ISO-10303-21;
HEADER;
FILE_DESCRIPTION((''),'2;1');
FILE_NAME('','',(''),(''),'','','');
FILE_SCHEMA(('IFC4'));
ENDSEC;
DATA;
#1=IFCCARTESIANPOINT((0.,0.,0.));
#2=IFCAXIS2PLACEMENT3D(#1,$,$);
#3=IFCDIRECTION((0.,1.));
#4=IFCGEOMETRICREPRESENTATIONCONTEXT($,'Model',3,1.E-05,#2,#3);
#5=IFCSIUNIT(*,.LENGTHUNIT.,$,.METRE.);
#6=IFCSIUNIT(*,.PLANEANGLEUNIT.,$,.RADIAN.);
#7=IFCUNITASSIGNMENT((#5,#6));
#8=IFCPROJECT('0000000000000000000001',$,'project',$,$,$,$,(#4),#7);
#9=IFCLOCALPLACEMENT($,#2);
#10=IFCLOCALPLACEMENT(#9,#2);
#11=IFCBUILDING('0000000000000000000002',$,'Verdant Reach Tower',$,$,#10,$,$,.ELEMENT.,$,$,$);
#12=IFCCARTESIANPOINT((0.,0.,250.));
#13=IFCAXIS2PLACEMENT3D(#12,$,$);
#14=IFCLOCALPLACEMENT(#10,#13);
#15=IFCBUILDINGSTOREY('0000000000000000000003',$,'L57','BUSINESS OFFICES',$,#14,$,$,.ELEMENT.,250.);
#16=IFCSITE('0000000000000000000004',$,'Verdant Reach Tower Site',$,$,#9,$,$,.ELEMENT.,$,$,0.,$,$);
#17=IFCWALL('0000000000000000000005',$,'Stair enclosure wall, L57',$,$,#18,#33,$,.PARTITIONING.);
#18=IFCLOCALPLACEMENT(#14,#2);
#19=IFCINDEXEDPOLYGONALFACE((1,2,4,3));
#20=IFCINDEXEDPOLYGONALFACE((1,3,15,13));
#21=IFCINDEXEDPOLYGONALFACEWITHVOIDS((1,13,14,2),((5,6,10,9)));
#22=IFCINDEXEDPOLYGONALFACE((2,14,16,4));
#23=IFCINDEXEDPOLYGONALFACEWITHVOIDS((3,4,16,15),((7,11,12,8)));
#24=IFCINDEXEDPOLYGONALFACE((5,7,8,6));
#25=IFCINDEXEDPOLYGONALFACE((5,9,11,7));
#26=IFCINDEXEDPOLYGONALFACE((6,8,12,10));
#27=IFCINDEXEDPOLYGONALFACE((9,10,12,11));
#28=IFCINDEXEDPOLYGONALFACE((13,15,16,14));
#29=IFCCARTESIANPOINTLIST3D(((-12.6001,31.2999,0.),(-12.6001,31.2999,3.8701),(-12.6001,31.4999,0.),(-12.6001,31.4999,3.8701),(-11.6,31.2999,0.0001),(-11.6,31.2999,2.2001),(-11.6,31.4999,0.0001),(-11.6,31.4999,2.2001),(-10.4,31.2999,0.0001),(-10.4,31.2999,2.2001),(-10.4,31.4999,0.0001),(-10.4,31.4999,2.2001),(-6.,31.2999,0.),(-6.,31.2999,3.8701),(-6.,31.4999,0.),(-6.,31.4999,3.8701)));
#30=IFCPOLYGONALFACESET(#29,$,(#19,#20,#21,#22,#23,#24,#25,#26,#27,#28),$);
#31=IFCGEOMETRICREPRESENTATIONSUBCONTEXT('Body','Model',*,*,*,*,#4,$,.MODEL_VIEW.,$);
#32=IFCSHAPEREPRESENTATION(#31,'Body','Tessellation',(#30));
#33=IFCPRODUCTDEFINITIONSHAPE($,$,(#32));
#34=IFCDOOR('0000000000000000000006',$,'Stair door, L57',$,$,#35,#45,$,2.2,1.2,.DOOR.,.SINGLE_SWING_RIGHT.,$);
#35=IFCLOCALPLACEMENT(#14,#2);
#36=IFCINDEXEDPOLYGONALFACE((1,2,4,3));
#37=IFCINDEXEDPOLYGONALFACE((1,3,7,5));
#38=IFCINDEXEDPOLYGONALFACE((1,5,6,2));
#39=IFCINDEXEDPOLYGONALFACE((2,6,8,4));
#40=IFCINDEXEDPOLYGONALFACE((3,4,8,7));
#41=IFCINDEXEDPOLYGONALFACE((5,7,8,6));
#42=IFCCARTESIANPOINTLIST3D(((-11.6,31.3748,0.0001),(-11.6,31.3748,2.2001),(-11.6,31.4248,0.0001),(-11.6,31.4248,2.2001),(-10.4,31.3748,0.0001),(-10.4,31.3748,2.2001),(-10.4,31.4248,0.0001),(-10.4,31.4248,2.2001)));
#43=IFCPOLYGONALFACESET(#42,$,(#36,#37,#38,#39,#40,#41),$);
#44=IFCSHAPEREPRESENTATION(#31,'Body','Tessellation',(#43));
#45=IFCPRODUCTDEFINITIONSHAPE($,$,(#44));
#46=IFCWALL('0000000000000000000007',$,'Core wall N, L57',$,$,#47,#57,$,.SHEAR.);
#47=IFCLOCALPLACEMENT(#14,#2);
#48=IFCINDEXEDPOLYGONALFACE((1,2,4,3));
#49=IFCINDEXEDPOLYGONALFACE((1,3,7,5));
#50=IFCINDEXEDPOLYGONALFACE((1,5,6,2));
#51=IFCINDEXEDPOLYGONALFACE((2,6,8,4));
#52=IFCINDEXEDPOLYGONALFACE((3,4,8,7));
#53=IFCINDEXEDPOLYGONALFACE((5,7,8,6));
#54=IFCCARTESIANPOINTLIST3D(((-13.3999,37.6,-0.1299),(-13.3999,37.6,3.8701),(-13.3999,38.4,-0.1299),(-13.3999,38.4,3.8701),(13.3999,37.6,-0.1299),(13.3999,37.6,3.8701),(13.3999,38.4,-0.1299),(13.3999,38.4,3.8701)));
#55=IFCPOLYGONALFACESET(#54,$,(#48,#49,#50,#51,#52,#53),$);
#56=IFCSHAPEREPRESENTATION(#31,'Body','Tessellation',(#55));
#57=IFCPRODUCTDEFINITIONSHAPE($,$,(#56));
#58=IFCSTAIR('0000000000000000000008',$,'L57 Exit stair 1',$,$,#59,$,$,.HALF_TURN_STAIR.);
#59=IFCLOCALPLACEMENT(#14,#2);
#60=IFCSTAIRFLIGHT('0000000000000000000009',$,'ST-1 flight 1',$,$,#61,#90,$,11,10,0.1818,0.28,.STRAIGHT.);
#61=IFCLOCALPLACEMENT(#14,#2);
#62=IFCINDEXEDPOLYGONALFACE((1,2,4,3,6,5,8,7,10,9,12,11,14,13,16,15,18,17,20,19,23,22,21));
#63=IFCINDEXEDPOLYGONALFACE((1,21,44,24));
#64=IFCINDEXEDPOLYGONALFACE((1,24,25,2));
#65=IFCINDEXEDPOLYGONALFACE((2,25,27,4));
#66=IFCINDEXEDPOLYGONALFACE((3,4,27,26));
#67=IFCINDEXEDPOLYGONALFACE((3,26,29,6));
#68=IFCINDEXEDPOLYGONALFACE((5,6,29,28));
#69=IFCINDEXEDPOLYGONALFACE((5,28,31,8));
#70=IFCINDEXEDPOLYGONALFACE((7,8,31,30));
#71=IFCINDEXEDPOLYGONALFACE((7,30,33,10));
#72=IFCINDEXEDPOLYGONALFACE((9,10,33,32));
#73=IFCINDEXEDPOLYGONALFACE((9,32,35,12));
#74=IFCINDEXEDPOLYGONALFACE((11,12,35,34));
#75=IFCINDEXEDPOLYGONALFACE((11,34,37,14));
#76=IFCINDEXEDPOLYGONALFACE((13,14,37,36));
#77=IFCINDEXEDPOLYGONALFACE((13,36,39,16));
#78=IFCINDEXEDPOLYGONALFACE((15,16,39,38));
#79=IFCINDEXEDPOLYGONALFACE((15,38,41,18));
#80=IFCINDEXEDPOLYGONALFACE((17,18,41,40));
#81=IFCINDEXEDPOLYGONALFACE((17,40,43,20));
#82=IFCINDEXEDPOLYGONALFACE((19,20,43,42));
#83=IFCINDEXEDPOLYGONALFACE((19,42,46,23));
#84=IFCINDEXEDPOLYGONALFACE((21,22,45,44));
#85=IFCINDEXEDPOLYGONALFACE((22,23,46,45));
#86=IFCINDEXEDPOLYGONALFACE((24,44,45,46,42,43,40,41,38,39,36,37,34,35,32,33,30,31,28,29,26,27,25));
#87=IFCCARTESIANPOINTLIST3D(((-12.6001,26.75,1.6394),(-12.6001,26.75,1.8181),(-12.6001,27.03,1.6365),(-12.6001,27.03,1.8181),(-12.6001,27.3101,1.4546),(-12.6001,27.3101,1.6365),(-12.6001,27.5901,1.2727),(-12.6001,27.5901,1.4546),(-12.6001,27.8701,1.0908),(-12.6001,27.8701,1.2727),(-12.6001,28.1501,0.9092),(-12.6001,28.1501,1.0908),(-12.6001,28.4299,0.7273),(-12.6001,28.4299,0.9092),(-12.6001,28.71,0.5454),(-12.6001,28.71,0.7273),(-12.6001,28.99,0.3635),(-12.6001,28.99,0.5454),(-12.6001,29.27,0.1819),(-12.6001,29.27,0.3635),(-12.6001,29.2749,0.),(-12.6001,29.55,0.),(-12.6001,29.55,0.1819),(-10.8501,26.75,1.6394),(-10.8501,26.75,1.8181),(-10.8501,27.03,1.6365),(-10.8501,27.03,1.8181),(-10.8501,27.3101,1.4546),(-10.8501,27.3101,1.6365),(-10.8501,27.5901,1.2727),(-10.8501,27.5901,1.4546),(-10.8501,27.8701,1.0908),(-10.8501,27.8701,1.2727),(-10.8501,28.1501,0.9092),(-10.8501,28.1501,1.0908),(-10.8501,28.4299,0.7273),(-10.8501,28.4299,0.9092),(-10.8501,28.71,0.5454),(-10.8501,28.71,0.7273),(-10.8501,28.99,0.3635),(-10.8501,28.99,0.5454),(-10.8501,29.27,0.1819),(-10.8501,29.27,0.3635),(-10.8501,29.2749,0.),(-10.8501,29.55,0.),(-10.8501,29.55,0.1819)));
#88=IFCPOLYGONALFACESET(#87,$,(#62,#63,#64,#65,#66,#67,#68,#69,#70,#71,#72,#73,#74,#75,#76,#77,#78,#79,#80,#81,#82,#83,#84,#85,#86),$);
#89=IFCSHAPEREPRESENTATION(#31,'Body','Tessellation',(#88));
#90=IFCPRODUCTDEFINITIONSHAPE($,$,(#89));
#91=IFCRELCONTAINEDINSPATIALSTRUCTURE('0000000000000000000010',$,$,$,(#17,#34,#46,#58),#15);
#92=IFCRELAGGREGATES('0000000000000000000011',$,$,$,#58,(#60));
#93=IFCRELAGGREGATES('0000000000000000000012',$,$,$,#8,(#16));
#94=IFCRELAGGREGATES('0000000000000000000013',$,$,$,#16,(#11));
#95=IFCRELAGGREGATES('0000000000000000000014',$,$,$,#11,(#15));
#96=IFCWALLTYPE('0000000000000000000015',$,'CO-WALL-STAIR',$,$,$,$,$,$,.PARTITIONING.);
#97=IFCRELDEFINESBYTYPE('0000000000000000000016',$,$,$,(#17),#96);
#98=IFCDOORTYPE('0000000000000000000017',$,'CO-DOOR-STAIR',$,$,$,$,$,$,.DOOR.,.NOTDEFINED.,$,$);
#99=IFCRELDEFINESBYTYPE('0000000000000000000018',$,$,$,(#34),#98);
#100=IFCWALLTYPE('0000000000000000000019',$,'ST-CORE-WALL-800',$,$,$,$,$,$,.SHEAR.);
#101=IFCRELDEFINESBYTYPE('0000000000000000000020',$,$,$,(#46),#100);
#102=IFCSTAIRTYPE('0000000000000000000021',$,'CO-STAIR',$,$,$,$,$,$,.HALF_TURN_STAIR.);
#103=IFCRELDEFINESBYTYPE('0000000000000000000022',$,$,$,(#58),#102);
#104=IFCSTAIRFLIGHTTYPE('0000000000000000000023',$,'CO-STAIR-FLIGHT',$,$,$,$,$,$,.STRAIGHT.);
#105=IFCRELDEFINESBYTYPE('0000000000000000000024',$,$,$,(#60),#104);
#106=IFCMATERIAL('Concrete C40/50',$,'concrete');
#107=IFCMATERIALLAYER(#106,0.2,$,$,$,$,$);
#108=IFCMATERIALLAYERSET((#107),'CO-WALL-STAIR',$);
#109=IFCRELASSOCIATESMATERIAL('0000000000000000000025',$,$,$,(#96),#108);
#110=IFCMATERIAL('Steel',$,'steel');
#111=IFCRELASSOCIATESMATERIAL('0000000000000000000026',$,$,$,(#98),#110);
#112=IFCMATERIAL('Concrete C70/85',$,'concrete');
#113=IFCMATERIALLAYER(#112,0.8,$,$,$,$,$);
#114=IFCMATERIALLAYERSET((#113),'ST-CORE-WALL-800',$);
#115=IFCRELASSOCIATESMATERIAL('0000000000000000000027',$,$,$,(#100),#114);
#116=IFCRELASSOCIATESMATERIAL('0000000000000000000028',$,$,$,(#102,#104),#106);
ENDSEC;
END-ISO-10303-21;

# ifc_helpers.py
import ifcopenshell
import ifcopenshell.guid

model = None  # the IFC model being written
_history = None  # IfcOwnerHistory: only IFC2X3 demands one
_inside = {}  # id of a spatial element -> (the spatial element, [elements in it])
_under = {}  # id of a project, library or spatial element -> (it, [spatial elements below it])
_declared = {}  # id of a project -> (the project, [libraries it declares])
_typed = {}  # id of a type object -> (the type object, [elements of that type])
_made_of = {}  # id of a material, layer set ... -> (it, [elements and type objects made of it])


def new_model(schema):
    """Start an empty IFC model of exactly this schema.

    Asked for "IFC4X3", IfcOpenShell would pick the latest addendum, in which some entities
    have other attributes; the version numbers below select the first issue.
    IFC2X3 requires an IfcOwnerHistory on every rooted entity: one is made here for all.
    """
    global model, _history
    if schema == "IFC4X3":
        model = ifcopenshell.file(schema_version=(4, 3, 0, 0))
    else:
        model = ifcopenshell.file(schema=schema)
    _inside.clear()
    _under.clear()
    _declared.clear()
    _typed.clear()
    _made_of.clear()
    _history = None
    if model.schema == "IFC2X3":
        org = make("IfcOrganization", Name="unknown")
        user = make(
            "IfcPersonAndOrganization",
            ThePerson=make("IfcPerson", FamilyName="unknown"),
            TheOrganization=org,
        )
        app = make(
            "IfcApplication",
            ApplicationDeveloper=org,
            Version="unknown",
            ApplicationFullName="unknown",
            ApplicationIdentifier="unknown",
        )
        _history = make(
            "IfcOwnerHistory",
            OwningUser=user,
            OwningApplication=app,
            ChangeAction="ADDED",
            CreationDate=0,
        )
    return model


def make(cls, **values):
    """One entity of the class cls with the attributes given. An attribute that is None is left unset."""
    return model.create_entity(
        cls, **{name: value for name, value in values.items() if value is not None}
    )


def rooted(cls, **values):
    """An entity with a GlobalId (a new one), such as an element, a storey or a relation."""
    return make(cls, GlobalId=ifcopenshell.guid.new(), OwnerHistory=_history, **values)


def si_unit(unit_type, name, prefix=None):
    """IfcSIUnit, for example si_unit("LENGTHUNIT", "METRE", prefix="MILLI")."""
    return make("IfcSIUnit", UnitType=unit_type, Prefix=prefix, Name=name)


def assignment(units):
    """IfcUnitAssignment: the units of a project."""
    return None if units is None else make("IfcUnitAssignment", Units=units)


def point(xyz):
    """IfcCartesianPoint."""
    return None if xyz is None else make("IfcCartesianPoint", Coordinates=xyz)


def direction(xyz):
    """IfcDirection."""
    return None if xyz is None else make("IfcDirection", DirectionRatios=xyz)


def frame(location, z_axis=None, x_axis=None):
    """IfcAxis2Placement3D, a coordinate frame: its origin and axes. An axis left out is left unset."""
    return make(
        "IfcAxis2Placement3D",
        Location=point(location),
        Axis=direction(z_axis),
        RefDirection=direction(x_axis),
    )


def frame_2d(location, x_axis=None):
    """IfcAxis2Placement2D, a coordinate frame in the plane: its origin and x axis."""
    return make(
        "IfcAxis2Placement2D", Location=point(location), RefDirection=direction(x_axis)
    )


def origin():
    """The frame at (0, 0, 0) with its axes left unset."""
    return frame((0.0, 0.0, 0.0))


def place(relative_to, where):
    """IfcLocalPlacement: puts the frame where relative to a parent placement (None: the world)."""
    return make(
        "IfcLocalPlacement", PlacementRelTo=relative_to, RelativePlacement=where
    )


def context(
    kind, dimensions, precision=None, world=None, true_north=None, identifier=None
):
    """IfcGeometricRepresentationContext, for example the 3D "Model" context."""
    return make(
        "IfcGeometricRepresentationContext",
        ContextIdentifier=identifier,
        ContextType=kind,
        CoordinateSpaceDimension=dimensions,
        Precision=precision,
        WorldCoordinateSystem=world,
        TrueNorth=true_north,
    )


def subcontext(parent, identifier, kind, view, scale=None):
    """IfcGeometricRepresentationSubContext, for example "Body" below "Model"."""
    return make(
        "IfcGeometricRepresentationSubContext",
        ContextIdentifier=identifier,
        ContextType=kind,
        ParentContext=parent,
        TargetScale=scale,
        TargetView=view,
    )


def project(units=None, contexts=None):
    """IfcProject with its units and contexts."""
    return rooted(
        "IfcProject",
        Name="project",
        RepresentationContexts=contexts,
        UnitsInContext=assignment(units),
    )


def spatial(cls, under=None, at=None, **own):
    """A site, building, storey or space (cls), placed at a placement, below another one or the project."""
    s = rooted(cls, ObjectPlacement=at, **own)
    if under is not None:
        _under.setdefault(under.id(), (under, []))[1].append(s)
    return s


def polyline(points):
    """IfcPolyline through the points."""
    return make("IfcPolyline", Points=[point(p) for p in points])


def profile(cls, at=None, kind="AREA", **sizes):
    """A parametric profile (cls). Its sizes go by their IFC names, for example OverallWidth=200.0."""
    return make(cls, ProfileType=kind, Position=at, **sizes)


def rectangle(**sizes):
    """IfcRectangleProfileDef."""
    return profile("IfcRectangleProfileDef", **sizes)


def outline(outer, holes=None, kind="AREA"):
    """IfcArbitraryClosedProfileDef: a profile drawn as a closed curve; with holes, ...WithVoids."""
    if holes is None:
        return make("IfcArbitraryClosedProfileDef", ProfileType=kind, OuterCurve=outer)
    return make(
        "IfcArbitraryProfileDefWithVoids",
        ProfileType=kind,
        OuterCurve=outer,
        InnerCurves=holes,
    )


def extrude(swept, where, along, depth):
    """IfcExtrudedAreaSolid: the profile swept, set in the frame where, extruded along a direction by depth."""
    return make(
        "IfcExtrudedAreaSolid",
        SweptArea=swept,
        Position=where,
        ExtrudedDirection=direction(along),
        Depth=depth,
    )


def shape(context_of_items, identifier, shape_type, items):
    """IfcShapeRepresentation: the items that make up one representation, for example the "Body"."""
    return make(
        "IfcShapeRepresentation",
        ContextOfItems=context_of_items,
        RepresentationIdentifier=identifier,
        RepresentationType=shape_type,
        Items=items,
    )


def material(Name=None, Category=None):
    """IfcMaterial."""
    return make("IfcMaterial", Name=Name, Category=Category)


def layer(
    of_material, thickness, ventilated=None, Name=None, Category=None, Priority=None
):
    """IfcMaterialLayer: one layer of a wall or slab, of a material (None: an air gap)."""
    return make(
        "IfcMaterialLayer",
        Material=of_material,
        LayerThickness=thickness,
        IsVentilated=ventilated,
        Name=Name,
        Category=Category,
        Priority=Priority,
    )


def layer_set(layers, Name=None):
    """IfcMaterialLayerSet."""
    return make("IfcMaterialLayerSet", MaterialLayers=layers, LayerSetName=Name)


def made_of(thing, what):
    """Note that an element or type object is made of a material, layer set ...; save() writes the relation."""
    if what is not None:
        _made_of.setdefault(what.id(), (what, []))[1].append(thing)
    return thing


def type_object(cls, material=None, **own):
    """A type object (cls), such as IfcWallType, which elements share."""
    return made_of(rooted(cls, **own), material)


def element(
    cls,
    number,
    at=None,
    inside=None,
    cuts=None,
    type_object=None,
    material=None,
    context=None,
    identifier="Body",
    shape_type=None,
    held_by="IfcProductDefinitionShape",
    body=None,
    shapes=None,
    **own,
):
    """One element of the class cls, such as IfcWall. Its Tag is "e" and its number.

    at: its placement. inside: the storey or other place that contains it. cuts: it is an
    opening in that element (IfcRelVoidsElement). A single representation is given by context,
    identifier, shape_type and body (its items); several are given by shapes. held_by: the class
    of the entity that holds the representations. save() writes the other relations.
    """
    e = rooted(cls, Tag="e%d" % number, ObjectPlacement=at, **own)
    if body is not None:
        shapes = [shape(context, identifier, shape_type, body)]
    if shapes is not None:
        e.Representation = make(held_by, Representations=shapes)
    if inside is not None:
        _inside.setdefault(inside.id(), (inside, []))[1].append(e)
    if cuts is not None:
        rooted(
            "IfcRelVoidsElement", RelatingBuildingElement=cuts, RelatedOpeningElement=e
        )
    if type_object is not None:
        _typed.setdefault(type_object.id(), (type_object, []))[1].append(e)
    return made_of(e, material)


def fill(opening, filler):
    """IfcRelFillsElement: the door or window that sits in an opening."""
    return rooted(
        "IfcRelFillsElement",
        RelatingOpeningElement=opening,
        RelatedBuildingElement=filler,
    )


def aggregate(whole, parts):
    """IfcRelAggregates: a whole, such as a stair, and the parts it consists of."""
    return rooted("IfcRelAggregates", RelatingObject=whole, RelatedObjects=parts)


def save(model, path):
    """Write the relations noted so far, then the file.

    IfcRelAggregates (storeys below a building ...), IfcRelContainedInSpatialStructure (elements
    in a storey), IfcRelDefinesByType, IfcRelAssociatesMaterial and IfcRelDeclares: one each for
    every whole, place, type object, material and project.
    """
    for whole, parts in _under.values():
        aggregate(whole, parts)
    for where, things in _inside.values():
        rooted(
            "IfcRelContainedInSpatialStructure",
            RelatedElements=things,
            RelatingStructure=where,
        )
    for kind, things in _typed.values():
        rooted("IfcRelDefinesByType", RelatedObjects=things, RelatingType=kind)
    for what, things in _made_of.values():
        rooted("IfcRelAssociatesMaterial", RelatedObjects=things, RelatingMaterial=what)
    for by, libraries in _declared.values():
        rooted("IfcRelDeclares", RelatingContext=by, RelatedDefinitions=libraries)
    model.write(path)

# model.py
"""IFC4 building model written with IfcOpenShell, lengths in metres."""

from ifc_helpers import new_model, si_unit, direction, frame, frame_2d, origin, place, context, subcontext, project, spatial, polyline, rectangle, outline, extrude, material, layer, layer_set, type_object, element, fill, aggregate, save


model = new_model("IFC4")

# Units and contexts
model_context = context("Model", 3, precision=1e-05, world=origin(), true_north=direction((0.0, 1.0)))
body_context = subcontext(model_context, "Body", "Model", "MODEL_VIEW")
ifc_project = project(units=[si_unit("LENGTHUNIT", "METRE"), si_unit("PLANEANGLEUNIT", "RADIAN")], contexts=[model_context])

# Site, building, storey
site_placement = place(None, origin())
site = spatial("IfcSite", under=ifc_project, at=site_placement, Name="Verdant Reach Tower Site", CompositionType="ELEMENT", RefElevation=0.0)
building_placement = place(site_placement, origin())
building = spatial("IfcBuilding", under=site, at=building_placement, Name="Verdant Reach Tower", CompositionType="ELEMENT")
storey_placement = place(building_placement, frame((0.0, 0.0, 250.0)))
storey = spatial("IfcBuildingStorey", under=building, at=storey_placement, Name="L57", Description="BUSINESS OFFICES", CompositionType="ELEMENT", Elevation=250.0)

# Shared definitions
ifc_material_1 = material(Name="Concrete C40/50", Category="concrete")
ifc_material_2 = material(Name="Steel", Category="steel")

# Wall, opening, door
ifc_layer_1 = layer(ifc_material_1, 0.2)
ifc_layer_set_1 = layer_set([ifc_layer_1], Name="CO-WALL-STAIR")
wall_type_1 = type_object("IfcWallType", Name="CO-WALL-STAIR", PredefinedType="PARTITIONING", material=ifc_layer_set_1)
wall_1_placement = place(storey_placement, frame((-12.6001, 31.3999, 0.0), z_axis=(0.0, 0.0, 1.0), x_axis=(1.0, 0.0, 0.0)))
wall_1 = element("IfcWall", 1, at=wall_1_placement, inside=storey, type_object=wall_type_1, Name="Stair enclosure wall, L57", PredefinedType="PARTITIONING", context=body_context, shape_type="SweptSolid", body=[
    extrude(rectangle(XDim=6.6001, YDim=0.2, at=frame_2d((3.3, 0.0))), origin(), (0.0, 0.0, 1.0), 3.8701),
])
opening_1_placement = place(wall_1_placement, frame((1.0, 0.0, 0.0)))
opening_1 = element("IfcOpeningElement", 2, at=opening_1_placement, cuts=wall_1, PredefinedType="OPENING", context=body_context, shape_type="SweptSolid", body=[
    extrude(rectangle(XDim=1.2, YDim=2.2, at=frame_2d((0.6001, 1.1001))), frame((0.0, 0.1099, 0.0), z_axis=(0.0, -1.0, 0.0), x_axis=(1.0, 0.0, 0.0)), (0.0, 0.0, 1.0), 0.22),
])
door_type_1 = type_object("IfcDoorType", Name="CO-DOOR-STAIR", OperationType="NOTDEFINED", PredefinedType="DOOR", material=ifc_material_2)
door_1_placement = place(opening_1_placement, origin())
door_1 = element("IfcDoor", 3, at=door_1_placement, inside=storey, type_object=door_type_1, Name="Stair door, L57", OperationType="SINGLE_SWING_RIGHT", OverallHeight=2.2, OverallWidth=1.2, PredefinedType="DOOR", context=body_context, shape_type="SweptSolid", body=[
    extrude(rectangle(XDim=1.2, YDim=2.2, at=frame_2d((0.6001, 1.1001))), frame((0.0, 0.0249, 0.0), z_axis=(0.0, -1.0, 0.0), x_axis=(1.0, 0.0, 0.0)), (0.0, 0.0, 1.0), 0.05),
])
fill(opening_1, door_1)

# Wall
ifc_material_3 = material(Name="Concrete C70/85", Category="concrete")
ifc_layer_2 = layer(ifc_material_3, 0.8)
ifc_layer_set_2 = layer_set([ifc_layer_2], Name="ST-CORE-WALL-800")
wall_type_2 = type_object("IfcWallType", Name="ST-CORE-WALL-800", PredefinedType="SHEAR", material=ifc_layer_set_2)
wall_2_placement = place(storey_placement, frame((-13.3999, 38.0, -0.1299), z_axis=(0.0, 0.0, 1.0), x_axis=(1.0, 0.0, 0.0)))
element("IfcWall", 4, at=wall_2_placement, inside=storey, type_object=wall_type_2, Name="Core wall N, L57", PredefinedType="SHEAR", context=body_context, shape_type="SweptSolid", body=[
    extrude(rectangle(XDim=26.7998, YDim=0.8, at=frame_2d((13.3999, 0.0))), origin(), (0.0, 0.0, 1.0), 4.0),
])

# Stair, stair flight
stair_type = type_object("IfcStairType", Name="CO-STAIR", PredefinedType="HALF_TURN_STAIR", material=ifc_material_1)
stair_placement = place(storey_placement, origin())
stair = element("IfcStair", 5, at=stair_placement, inside=storey, type_object=stair_type, Name="L57 Exit stair 1", PredefinedType="HALF_TURN_STAIR")
stair_flight_type = type_object("IfcStairFlightType", Name="CO-STAIR-FLIGHT", PredefinedType="STRAIGHT", material=ifc_material_1)
stair_flight_placement = place(storey_placement, frame((-11.7251, 29.55, 0.0), z_axis=(0.0, 0.0, 1.0), x_axis=(0.0, -1.0, 0.0)))
stair_flight = element("IfcStairFlight", 6, at=stair_flight_placement, type_object=stair_flight_type, Name="ST-1 flight 1", NumberOfRisers=11, NumberOfTreads=10, PredefinedType="STRAIGHT", RiserHeight=0.1818, TreadLength=0.28, context=body_context, shape_type="SweptSolid", body=[
    extrude(outline(polyline([(0.0, 0.0), (0.0, 0.1819), (0.28, 0.1819), (0.28, 0.3635), (0.5601, 0.3635), (0.5601, 0.5454), (0.8401, 0.5454), (0.8401, 0.7273), (1.1201, 0.7273), (1.1201, 0.9092), (1.3999, 0.9092), (1.3999, 1.0908), (1.6799, 1.0908), (1.6799, 1.2727), (1.96, 1.2727), (1.96, 1.4546), (2.24, 1.4546), (2.24, 1.6365), (2.52, 1.6365), (2.52, 1.8181), (2.8, 1.8181), (2.8, 2.0), (2.8, 1.6394), (0.2751, 0.0), (0.0, 0.0)])), frame((0.0, 0.875, 0.0), z_axis=(0.0, -1.0, 0.0), x_axis=(1.0, 0.0, 0.0)), (0.0, 0.0, 1.0), 1.75),
])
aggregate(stair, [stair_flight])

save(model, "model.ifc")
